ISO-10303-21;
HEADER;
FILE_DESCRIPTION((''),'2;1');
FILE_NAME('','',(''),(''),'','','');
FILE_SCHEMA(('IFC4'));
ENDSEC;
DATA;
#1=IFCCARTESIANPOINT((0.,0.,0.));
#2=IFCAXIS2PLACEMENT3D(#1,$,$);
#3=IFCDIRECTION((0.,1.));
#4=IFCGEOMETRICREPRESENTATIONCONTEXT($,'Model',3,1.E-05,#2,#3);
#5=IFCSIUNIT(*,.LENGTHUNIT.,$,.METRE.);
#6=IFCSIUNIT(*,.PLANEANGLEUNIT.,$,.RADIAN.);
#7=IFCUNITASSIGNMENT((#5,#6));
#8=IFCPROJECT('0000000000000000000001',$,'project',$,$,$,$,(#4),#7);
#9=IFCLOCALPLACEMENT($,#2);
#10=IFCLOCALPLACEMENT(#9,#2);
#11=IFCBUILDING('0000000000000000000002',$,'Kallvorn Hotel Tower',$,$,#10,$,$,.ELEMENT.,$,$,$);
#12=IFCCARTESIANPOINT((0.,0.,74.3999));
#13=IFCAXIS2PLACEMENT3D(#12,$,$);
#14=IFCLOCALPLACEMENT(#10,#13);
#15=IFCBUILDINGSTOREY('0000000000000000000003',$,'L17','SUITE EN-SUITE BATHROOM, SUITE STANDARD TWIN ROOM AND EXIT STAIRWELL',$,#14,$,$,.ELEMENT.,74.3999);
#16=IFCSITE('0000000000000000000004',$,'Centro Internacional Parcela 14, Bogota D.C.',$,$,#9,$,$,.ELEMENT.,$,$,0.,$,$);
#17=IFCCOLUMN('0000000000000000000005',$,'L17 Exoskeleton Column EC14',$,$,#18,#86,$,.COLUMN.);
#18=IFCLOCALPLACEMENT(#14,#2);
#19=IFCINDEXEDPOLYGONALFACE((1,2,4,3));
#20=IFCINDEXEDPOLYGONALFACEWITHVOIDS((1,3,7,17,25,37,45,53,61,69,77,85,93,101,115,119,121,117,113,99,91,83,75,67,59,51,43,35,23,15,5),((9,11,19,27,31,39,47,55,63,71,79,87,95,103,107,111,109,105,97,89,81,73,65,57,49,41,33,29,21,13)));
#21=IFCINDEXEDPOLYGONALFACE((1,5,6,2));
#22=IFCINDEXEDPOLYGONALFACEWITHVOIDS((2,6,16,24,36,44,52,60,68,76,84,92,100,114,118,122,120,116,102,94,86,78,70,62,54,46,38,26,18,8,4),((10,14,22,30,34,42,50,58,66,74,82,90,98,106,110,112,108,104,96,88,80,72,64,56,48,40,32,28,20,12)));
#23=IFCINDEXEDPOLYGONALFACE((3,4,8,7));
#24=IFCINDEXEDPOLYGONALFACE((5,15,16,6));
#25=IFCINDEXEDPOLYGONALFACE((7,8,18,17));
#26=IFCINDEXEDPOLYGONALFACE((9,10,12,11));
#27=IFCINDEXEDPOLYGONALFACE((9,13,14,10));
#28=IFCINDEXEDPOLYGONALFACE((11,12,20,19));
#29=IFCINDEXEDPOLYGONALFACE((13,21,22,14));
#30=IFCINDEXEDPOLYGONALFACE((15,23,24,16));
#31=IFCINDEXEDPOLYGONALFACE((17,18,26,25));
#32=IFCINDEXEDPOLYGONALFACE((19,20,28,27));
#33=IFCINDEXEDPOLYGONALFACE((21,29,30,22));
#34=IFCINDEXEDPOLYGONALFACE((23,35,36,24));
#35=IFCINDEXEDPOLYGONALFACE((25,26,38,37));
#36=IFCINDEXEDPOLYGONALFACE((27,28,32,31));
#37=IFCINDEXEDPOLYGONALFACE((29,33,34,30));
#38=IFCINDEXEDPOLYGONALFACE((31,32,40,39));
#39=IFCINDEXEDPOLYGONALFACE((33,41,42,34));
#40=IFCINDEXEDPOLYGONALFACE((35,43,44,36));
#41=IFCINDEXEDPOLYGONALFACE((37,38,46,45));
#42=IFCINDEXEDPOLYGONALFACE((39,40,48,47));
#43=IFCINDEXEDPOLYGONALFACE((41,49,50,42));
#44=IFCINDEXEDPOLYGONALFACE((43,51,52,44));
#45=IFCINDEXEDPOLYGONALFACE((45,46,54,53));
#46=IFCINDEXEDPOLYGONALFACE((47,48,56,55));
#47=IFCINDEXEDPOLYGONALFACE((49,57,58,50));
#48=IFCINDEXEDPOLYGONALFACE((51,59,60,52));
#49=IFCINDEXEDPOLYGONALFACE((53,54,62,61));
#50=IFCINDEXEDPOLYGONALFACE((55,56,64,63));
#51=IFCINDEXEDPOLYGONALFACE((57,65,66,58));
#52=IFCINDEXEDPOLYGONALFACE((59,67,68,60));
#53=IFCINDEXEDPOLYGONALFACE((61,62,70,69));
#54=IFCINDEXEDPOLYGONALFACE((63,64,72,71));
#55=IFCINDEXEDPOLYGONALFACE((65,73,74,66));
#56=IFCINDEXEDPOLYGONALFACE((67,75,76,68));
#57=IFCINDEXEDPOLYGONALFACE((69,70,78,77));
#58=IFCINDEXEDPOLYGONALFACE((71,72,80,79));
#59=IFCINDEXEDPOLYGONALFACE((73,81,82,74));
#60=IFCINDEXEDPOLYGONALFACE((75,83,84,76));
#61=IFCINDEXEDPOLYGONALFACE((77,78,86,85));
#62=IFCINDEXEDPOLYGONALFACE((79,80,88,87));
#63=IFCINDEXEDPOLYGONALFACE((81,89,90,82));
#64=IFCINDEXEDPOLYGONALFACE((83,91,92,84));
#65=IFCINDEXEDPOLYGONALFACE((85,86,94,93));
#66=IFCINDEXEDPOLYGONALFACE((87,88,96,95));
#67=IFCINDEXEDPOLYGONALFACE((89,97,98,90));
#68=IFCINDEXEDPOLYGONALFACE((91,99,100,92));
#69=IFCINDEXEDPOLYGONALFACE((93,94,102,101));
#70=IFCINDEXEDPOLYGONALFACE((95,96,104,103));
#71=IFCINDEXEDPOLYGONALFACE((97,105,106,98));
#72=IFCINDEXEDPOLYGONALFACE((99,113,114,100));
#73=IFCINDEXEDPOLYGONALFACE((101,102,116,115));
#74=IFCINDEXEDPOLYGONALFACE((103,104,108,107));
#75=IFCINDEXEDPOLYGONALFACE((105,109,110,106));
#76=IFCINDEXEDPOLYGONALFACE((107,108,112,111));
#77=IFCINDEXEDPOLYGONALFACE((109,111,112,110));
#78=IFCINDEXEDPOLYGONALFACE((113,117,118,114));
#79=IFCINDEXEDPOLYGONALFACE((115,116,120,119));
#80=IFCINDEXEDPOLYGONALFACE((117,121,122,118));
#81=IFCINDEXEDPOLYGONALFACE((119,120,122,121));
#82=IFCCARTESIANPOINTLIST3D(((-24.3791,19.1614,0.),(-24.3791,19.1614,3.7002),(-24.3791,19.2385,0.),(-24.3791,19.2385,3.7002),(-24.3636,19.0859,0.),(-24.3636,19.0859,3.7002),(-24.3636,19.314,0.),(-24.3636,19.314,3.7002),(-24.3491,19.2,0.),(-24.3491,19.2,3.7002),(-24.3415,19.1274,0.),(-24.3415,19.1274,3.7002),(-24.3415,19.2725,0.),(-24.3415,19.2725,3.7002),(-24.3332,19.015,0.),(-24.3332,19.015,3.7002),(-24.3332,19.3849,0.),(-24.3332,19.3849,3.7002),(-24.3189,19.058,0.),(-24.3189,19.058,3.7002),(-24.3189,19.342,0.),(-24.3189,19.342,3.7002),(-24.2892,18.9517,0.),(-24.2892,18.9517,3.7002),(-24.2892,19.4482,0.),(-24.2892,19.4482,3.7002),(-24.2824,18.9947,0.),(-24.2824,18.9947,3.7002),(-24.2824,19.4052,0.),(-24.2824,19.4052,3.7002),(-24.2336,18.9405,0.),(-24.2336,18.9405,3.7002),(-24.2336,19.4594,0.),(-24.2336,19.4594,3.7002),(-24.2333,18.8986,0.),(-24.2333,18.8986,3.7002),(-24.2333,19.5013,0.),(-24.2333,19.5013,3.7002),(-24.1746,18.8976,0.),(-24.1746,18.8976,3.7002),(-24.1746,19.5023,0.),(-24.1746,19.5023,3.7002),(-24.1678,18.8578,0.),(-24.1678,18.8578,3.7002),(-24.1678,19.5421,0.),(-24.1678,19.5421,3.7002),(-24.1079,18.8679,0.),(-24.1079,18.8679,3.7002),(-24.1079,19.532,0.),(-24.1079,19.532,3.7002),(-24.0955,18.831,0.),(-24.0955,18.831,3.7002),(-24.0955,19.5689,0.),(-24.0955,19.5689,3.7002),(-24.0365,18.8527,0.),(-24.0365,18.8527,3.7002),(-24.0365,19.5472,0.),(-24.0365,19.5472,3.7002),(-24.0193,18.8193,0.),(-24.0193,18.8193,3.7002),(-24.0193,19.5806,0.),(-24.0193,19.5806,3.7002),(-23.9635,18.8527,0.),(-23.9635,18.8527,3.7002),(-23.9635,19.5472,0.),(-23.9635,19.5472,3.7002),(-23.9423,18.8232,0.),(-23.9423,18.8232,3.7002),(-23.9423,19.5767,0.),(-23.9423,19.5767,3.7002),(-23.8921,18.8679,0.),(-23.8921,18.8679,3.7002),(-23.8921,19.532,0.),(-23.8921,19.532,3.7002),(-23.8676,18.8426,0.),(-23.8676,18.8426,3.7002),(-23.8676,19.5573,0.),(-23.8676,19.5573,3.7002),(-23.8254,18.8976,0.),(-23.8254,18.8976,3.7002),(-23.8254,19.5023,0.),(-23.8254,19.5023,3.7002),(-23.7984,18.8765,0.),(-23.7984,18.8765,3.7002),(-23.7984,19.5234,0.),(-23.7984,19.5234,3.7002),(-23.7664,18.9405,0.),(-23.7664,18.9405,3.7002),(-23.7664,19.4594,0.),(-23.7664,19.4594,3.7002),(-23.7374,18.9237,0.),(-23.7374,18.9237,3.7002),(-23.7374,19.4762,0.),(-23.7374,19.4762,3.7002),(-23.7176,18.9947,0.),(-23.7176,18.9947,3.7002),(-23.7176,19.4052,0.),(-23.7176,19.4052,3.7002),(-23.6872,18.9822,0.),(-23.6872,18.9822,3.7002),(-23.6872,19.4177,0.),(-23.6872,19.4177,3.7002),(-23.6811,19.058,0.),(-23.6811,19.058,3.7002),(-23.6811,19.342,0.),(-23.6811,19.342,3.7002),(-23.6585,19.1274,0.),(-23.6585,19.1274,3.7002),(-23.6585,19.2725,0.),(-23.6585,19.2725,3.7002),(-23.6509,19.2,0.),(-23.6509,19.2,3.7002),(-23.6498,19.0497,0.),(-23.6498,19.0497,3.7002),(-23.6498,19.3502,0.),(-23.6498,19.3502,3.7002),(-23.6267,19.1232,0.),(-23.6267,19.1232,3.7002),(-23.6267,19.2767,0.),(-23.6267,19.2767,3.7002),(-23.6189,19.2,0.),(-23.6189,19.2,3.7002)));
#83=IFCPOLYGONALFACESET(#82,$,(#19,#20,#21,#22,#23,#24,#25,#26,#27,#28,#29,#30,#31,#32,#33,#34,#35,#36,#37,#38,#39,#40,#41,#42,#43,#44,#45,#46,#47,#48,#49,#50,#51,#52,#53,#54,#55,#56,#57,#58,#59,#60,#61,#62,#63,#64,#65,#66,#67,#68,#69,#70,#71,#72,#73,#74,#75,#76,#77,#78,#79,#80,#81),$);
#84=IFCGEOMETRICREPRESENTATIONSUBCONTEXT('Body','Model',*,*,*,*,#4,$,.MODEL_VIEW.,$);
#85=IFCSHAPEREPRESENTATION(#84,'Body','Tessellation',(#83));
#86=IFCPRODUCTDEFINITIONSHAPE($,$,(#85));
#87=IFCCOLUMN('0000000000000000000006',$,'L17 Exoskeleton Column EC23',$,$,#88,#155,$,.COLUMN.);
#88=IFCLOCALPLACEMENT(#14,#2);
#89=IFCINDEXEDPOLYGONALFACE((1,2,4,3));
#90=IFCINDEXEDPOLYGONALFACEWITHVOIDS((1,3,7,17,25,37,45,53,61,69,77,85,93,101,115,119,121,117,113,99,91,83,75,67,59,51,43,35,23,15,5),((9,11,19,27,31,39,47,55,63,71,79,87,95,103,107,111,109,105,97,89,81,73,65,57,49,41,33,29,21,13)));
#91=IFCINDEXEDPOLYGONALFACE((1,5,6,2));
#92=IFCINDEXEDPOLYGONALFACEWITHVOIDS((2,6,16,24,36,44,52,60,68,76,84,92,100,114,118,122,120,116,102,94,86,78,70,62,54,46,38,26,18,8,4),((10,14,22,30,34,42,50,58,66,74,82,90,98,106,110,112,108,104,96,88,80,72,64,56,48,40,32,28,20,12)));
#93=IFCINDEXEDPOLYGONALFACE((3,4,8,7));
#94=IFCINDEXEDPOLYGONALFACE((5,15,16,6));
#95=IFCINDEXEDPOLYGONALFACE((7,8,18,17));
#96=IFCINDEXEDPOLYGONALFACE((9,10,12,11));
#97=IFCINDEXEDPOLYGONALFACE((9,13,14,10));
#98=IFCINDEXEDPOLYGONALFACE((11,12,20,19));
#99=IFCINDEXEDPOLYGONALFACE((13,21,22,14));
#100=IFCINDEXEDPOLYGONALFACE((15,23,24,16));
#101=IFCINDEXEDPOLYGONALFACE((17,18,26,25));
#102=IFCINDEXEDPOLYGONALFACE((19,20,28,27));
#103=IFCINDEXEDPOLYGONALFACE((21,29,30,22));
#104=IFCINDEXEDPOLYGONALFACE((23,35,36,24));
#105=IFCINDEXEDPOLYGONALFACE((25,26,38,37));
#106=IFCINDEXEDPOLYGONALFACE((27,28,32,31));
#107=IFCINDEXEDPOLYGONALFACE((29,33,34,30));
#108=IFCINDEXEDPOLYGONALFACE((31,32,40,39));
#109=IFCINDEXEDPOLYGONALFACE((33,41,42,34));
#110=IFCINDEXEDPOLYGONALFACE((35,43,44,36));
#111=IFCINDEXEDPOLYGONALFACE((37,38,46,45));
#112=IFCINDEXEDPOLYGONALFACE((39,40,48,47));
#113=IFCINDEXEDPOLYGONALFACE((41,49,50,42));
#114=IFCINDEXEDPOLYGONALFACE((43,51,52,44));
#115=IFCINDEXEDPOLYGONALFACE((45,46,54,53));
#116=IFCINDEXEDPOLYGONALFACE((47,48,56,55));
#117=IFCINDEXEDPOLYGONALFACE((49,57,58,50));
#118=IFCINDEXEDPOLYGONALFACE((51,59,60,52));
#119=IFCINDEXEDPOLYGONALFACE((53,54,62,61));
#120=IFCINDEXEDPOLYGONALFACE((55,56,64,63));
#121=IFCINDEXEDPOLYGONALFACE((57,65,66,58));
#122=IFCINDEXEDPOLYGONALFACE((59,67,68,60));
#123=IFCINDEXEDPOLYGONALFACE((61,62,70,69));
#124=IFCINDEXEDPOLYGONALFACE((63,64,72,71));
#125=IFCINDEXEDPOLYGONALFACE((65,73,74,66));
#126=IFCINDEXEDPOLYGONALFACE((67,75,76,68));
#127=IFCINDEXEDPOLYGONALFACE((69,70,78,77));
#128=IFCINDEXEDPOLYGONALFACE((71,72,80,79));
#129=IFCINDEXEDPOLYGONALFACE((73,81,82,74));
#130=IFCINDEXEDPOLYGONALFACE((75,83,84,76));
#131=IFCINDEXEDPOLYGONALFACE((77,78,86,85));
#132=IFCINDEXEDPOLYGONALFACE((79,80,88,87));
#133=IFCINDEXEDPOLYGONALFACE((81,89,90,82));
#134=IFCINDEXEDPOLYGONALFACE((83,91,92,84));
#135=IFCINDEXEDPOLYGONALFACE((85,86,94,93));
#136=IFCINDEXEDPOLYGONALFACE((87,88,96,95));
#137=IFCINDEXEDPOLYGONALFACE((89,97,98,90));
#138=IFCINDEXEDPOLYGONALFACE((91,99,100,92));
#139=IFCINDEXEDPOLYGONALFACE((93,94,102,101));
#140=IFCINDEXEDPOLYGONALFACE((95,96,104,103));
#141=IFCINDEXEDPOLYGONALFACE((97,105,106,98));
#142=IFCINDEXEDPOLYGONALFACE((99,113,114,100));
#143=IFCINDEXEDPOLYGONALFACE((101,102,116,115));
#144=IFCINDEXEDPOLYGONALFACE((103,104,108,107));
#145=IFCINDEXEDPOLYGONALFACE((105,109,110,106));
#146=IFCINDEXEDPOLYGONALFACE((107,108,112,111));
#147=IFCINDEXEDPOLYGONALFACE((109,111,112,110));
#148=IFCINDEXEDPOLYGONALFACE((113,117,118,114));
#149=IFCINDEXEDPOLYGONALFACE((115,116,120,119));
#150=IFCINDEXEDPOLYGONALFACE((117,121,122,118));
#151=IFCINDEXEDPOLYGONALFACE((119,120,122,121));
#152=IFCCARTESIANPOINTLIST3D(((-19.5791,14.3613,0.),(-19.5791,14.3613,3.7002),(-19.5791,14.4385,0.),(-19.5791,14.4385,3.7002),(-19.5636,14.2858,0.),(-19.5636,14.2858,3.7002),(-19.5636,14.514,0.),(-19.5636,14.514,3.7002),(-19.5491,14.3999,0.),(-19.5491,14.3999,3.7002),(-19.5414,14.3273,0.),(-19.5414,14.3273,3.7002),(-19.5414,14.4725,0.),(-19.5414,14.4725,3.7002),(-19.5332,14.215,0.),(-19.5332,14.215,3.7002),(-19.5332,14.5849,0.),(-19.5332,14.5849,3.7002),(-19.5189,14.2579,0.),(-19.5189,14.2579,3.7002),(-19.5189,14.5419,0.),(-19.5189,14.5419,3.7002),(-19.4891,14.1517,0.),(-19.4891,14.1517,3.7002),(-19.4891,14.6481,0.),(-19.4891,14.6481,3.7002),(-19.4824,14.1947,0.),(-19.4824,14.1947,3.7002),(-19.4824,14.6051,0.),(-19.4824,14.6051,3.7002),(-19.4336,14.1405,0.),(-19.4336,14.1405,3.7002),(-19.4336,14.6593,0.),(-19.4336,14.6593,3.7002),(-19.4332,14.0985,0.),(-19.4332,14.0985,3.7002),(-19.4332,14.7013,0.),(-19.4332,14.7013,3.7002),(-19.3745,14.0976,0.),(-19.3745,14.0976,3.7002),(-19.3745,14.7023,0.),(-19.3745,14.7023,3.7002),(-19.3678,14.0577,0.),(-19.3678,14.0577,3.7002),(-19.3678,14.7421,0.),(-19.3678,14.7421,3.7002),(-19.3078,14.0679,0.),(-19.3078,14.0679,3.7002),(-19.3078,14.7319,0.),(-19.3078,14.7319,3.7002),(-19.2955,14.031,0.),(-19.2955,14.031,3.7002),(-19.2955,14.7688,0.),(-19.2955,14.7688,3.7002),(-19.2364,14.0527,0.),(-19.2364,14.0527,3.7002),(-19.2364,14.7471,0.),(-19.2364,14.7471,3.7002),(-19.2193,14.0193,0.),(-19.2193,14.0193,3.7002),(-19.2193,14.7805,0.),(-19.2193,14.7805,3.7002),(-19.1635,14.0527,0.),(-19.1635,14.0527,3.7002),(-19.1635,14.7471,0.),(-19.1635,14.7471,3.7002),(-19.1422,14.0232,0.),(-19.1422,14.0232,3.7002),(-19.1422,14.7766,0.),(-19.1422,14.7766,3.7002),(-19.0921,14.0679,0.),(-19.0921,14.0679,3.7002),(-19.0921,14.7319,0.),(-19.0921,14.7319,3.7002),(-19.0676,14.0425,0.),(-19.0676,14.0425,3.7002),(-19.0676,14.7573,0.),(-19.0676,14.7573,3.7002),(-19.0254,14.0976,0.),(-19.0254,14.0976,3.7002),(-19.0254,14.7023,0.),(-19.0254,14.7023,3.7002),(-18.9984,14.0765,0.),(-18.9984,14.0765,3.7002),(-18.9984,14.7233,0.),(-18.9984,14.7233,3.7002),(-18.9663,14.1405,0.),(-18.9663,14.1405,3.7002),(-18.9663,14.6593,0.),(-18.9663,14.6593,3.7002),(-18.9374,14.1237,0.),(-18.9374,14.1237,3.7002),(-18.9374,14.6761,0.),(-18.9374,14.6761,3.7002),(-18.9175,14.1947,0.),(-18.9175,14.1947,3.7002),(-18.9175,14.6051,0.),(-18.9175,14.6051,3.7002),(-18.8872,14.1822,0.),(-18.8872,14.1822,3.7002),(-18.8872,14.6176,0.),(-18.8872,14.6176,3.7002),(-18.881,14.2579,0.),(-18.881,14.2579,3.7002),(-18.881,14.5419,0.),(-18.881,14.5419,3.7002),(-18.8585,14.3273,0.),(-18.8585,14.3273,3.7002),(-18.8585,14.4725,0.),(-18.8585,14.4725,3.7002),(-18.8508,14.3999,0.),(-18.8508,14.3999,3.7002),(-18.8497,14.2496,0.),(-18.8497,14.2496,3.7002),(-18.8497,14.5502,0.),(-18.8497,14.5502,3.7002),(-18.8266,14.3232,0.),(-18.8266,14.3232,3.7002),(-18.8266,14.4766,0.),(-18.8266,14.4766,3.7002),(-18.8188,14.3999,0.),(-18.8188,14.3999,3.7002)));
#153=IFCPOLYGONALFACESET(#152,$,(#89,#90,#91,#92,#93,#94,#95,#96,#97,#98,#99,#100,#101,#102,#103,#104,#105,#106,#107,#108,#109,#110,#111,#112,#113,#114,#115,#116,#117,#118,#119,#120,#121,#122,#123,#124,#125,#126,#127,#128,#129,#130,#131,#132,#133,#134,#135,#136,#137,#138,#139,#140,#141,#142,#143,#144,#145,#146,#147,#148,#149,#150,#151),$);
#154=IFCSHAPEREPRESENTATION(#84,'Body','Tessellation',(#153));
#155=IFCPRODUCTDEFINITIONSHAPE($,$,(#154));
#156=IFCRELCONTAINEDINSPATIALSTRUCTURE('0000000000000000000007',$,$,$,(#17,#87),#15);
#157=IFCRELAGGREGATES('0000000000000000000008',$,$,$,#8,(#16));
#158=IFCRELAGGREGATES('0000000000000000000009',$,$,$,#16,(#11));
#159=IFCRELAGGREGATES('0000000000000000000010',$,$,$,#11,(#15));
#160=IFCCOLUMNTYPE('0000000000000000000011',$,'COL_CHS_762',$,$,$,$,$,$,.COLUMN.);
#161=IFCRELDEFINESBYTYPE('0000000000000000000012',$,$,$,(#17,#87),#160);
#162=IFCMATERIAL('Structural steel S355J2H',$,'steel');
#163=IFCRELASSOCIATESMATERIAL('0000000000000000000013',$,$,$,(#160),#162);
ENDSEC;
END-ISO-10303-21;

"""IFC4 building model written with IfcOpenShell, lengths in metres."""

from ifc_helpers import new_model, si_unit, direction, frame, origin, origin_2d, place, context, subcontext, project, spatial, hollow_circle, extrude, material, material_profile, profile_set, type_object, element, save


model = new_model("IFC4")

# Units and contexts
model_context = context("Model", 3, precision=1e-05, world=origin(), true_north=direction((0.0, 1.0)))
body_context = subcontext(model_context, "Body", "Model", "MODEL_VIEW")
ifc_project = project(units=[si_unit("LENGTHUNIT", "METRE"), si_unit("PLANEANGLEUNIT", "RADIAN")], contexts=[model_context])

# Site, building, storey
site_placement = place(None, origin())
site = spatial("IfcSite", under=ifc_project, at=site_placement, Name="Centro Internacional Parcela 14, Bogota D.C.", CompositionType="ELEMENT", RefElevation=0.0)
building_placement = place(site_placement, origin())
building = spatial("IfcBuilding", under=site, at=building_placement, Name="Kallvorn Hotel Tower", CompositionType="ELEMENT")
storey_placement = place(building_placement, frame((0.0, 0.0, 74.3999)))
storey = spatial("IfcBuildingStorey", under=building, at=storey_placement, Name="L17", Description="SUITE EN-SUITE BATHROOM, SUITE STANDARD TWIN ROOM AND EXIT STAIRWELL", CompositionType="ELEMENT", Elevation=74.3999)

# Columns
ifc_material_1 = material(Name="Structural steel S355J2H", Category="steel")
ifc_material_profile_1 = material_profile(ifc_material_1, hollow_circle(Radius=0.3811, WallThickness=0.032, at=origin_2d()), Name="CHS 762x32")
ifc_profile_set_1 = profile_set([ifc_material_profile_1], Name="Structural steel S355J2H")
column_type_1 = type_object("IfcColumnType", Name="COL_CHS_762", PredefinedType="COLUMN", material=ifc_profile_set_1)
for number, where, z_axis, x_axis, name in (
    (1, (-24.0, 19.2, 0.0), (0.0, 0.0, 1.0), (1.0, 0.0, 0.0), "L17 Exoskeleton Column EC14"),
    (2, (-19.2, 14.3999, 0.0), (0.0, 0.0, 1.0), (1.0, 0.0, 0.0), "L17 Exoskeleton Column EC23"),
):
    element("IfcColumn", number, at=place(storey_placement, frame(where, z_axis=z_axis, x_axis=x_axis)), inside=storey, type_object=column_type_1, Name=name, PredefinedType="COLUMN", context=body_context, shape_type="SweptSolid", body=[
        extrude(hollow_circle(Radius=0.3811, WallThickness=0.032, at=origin_2d()), origin(), (0.0, 0.0, 1.0), 3.7002),
    ])

save(model, "model.ifc")
